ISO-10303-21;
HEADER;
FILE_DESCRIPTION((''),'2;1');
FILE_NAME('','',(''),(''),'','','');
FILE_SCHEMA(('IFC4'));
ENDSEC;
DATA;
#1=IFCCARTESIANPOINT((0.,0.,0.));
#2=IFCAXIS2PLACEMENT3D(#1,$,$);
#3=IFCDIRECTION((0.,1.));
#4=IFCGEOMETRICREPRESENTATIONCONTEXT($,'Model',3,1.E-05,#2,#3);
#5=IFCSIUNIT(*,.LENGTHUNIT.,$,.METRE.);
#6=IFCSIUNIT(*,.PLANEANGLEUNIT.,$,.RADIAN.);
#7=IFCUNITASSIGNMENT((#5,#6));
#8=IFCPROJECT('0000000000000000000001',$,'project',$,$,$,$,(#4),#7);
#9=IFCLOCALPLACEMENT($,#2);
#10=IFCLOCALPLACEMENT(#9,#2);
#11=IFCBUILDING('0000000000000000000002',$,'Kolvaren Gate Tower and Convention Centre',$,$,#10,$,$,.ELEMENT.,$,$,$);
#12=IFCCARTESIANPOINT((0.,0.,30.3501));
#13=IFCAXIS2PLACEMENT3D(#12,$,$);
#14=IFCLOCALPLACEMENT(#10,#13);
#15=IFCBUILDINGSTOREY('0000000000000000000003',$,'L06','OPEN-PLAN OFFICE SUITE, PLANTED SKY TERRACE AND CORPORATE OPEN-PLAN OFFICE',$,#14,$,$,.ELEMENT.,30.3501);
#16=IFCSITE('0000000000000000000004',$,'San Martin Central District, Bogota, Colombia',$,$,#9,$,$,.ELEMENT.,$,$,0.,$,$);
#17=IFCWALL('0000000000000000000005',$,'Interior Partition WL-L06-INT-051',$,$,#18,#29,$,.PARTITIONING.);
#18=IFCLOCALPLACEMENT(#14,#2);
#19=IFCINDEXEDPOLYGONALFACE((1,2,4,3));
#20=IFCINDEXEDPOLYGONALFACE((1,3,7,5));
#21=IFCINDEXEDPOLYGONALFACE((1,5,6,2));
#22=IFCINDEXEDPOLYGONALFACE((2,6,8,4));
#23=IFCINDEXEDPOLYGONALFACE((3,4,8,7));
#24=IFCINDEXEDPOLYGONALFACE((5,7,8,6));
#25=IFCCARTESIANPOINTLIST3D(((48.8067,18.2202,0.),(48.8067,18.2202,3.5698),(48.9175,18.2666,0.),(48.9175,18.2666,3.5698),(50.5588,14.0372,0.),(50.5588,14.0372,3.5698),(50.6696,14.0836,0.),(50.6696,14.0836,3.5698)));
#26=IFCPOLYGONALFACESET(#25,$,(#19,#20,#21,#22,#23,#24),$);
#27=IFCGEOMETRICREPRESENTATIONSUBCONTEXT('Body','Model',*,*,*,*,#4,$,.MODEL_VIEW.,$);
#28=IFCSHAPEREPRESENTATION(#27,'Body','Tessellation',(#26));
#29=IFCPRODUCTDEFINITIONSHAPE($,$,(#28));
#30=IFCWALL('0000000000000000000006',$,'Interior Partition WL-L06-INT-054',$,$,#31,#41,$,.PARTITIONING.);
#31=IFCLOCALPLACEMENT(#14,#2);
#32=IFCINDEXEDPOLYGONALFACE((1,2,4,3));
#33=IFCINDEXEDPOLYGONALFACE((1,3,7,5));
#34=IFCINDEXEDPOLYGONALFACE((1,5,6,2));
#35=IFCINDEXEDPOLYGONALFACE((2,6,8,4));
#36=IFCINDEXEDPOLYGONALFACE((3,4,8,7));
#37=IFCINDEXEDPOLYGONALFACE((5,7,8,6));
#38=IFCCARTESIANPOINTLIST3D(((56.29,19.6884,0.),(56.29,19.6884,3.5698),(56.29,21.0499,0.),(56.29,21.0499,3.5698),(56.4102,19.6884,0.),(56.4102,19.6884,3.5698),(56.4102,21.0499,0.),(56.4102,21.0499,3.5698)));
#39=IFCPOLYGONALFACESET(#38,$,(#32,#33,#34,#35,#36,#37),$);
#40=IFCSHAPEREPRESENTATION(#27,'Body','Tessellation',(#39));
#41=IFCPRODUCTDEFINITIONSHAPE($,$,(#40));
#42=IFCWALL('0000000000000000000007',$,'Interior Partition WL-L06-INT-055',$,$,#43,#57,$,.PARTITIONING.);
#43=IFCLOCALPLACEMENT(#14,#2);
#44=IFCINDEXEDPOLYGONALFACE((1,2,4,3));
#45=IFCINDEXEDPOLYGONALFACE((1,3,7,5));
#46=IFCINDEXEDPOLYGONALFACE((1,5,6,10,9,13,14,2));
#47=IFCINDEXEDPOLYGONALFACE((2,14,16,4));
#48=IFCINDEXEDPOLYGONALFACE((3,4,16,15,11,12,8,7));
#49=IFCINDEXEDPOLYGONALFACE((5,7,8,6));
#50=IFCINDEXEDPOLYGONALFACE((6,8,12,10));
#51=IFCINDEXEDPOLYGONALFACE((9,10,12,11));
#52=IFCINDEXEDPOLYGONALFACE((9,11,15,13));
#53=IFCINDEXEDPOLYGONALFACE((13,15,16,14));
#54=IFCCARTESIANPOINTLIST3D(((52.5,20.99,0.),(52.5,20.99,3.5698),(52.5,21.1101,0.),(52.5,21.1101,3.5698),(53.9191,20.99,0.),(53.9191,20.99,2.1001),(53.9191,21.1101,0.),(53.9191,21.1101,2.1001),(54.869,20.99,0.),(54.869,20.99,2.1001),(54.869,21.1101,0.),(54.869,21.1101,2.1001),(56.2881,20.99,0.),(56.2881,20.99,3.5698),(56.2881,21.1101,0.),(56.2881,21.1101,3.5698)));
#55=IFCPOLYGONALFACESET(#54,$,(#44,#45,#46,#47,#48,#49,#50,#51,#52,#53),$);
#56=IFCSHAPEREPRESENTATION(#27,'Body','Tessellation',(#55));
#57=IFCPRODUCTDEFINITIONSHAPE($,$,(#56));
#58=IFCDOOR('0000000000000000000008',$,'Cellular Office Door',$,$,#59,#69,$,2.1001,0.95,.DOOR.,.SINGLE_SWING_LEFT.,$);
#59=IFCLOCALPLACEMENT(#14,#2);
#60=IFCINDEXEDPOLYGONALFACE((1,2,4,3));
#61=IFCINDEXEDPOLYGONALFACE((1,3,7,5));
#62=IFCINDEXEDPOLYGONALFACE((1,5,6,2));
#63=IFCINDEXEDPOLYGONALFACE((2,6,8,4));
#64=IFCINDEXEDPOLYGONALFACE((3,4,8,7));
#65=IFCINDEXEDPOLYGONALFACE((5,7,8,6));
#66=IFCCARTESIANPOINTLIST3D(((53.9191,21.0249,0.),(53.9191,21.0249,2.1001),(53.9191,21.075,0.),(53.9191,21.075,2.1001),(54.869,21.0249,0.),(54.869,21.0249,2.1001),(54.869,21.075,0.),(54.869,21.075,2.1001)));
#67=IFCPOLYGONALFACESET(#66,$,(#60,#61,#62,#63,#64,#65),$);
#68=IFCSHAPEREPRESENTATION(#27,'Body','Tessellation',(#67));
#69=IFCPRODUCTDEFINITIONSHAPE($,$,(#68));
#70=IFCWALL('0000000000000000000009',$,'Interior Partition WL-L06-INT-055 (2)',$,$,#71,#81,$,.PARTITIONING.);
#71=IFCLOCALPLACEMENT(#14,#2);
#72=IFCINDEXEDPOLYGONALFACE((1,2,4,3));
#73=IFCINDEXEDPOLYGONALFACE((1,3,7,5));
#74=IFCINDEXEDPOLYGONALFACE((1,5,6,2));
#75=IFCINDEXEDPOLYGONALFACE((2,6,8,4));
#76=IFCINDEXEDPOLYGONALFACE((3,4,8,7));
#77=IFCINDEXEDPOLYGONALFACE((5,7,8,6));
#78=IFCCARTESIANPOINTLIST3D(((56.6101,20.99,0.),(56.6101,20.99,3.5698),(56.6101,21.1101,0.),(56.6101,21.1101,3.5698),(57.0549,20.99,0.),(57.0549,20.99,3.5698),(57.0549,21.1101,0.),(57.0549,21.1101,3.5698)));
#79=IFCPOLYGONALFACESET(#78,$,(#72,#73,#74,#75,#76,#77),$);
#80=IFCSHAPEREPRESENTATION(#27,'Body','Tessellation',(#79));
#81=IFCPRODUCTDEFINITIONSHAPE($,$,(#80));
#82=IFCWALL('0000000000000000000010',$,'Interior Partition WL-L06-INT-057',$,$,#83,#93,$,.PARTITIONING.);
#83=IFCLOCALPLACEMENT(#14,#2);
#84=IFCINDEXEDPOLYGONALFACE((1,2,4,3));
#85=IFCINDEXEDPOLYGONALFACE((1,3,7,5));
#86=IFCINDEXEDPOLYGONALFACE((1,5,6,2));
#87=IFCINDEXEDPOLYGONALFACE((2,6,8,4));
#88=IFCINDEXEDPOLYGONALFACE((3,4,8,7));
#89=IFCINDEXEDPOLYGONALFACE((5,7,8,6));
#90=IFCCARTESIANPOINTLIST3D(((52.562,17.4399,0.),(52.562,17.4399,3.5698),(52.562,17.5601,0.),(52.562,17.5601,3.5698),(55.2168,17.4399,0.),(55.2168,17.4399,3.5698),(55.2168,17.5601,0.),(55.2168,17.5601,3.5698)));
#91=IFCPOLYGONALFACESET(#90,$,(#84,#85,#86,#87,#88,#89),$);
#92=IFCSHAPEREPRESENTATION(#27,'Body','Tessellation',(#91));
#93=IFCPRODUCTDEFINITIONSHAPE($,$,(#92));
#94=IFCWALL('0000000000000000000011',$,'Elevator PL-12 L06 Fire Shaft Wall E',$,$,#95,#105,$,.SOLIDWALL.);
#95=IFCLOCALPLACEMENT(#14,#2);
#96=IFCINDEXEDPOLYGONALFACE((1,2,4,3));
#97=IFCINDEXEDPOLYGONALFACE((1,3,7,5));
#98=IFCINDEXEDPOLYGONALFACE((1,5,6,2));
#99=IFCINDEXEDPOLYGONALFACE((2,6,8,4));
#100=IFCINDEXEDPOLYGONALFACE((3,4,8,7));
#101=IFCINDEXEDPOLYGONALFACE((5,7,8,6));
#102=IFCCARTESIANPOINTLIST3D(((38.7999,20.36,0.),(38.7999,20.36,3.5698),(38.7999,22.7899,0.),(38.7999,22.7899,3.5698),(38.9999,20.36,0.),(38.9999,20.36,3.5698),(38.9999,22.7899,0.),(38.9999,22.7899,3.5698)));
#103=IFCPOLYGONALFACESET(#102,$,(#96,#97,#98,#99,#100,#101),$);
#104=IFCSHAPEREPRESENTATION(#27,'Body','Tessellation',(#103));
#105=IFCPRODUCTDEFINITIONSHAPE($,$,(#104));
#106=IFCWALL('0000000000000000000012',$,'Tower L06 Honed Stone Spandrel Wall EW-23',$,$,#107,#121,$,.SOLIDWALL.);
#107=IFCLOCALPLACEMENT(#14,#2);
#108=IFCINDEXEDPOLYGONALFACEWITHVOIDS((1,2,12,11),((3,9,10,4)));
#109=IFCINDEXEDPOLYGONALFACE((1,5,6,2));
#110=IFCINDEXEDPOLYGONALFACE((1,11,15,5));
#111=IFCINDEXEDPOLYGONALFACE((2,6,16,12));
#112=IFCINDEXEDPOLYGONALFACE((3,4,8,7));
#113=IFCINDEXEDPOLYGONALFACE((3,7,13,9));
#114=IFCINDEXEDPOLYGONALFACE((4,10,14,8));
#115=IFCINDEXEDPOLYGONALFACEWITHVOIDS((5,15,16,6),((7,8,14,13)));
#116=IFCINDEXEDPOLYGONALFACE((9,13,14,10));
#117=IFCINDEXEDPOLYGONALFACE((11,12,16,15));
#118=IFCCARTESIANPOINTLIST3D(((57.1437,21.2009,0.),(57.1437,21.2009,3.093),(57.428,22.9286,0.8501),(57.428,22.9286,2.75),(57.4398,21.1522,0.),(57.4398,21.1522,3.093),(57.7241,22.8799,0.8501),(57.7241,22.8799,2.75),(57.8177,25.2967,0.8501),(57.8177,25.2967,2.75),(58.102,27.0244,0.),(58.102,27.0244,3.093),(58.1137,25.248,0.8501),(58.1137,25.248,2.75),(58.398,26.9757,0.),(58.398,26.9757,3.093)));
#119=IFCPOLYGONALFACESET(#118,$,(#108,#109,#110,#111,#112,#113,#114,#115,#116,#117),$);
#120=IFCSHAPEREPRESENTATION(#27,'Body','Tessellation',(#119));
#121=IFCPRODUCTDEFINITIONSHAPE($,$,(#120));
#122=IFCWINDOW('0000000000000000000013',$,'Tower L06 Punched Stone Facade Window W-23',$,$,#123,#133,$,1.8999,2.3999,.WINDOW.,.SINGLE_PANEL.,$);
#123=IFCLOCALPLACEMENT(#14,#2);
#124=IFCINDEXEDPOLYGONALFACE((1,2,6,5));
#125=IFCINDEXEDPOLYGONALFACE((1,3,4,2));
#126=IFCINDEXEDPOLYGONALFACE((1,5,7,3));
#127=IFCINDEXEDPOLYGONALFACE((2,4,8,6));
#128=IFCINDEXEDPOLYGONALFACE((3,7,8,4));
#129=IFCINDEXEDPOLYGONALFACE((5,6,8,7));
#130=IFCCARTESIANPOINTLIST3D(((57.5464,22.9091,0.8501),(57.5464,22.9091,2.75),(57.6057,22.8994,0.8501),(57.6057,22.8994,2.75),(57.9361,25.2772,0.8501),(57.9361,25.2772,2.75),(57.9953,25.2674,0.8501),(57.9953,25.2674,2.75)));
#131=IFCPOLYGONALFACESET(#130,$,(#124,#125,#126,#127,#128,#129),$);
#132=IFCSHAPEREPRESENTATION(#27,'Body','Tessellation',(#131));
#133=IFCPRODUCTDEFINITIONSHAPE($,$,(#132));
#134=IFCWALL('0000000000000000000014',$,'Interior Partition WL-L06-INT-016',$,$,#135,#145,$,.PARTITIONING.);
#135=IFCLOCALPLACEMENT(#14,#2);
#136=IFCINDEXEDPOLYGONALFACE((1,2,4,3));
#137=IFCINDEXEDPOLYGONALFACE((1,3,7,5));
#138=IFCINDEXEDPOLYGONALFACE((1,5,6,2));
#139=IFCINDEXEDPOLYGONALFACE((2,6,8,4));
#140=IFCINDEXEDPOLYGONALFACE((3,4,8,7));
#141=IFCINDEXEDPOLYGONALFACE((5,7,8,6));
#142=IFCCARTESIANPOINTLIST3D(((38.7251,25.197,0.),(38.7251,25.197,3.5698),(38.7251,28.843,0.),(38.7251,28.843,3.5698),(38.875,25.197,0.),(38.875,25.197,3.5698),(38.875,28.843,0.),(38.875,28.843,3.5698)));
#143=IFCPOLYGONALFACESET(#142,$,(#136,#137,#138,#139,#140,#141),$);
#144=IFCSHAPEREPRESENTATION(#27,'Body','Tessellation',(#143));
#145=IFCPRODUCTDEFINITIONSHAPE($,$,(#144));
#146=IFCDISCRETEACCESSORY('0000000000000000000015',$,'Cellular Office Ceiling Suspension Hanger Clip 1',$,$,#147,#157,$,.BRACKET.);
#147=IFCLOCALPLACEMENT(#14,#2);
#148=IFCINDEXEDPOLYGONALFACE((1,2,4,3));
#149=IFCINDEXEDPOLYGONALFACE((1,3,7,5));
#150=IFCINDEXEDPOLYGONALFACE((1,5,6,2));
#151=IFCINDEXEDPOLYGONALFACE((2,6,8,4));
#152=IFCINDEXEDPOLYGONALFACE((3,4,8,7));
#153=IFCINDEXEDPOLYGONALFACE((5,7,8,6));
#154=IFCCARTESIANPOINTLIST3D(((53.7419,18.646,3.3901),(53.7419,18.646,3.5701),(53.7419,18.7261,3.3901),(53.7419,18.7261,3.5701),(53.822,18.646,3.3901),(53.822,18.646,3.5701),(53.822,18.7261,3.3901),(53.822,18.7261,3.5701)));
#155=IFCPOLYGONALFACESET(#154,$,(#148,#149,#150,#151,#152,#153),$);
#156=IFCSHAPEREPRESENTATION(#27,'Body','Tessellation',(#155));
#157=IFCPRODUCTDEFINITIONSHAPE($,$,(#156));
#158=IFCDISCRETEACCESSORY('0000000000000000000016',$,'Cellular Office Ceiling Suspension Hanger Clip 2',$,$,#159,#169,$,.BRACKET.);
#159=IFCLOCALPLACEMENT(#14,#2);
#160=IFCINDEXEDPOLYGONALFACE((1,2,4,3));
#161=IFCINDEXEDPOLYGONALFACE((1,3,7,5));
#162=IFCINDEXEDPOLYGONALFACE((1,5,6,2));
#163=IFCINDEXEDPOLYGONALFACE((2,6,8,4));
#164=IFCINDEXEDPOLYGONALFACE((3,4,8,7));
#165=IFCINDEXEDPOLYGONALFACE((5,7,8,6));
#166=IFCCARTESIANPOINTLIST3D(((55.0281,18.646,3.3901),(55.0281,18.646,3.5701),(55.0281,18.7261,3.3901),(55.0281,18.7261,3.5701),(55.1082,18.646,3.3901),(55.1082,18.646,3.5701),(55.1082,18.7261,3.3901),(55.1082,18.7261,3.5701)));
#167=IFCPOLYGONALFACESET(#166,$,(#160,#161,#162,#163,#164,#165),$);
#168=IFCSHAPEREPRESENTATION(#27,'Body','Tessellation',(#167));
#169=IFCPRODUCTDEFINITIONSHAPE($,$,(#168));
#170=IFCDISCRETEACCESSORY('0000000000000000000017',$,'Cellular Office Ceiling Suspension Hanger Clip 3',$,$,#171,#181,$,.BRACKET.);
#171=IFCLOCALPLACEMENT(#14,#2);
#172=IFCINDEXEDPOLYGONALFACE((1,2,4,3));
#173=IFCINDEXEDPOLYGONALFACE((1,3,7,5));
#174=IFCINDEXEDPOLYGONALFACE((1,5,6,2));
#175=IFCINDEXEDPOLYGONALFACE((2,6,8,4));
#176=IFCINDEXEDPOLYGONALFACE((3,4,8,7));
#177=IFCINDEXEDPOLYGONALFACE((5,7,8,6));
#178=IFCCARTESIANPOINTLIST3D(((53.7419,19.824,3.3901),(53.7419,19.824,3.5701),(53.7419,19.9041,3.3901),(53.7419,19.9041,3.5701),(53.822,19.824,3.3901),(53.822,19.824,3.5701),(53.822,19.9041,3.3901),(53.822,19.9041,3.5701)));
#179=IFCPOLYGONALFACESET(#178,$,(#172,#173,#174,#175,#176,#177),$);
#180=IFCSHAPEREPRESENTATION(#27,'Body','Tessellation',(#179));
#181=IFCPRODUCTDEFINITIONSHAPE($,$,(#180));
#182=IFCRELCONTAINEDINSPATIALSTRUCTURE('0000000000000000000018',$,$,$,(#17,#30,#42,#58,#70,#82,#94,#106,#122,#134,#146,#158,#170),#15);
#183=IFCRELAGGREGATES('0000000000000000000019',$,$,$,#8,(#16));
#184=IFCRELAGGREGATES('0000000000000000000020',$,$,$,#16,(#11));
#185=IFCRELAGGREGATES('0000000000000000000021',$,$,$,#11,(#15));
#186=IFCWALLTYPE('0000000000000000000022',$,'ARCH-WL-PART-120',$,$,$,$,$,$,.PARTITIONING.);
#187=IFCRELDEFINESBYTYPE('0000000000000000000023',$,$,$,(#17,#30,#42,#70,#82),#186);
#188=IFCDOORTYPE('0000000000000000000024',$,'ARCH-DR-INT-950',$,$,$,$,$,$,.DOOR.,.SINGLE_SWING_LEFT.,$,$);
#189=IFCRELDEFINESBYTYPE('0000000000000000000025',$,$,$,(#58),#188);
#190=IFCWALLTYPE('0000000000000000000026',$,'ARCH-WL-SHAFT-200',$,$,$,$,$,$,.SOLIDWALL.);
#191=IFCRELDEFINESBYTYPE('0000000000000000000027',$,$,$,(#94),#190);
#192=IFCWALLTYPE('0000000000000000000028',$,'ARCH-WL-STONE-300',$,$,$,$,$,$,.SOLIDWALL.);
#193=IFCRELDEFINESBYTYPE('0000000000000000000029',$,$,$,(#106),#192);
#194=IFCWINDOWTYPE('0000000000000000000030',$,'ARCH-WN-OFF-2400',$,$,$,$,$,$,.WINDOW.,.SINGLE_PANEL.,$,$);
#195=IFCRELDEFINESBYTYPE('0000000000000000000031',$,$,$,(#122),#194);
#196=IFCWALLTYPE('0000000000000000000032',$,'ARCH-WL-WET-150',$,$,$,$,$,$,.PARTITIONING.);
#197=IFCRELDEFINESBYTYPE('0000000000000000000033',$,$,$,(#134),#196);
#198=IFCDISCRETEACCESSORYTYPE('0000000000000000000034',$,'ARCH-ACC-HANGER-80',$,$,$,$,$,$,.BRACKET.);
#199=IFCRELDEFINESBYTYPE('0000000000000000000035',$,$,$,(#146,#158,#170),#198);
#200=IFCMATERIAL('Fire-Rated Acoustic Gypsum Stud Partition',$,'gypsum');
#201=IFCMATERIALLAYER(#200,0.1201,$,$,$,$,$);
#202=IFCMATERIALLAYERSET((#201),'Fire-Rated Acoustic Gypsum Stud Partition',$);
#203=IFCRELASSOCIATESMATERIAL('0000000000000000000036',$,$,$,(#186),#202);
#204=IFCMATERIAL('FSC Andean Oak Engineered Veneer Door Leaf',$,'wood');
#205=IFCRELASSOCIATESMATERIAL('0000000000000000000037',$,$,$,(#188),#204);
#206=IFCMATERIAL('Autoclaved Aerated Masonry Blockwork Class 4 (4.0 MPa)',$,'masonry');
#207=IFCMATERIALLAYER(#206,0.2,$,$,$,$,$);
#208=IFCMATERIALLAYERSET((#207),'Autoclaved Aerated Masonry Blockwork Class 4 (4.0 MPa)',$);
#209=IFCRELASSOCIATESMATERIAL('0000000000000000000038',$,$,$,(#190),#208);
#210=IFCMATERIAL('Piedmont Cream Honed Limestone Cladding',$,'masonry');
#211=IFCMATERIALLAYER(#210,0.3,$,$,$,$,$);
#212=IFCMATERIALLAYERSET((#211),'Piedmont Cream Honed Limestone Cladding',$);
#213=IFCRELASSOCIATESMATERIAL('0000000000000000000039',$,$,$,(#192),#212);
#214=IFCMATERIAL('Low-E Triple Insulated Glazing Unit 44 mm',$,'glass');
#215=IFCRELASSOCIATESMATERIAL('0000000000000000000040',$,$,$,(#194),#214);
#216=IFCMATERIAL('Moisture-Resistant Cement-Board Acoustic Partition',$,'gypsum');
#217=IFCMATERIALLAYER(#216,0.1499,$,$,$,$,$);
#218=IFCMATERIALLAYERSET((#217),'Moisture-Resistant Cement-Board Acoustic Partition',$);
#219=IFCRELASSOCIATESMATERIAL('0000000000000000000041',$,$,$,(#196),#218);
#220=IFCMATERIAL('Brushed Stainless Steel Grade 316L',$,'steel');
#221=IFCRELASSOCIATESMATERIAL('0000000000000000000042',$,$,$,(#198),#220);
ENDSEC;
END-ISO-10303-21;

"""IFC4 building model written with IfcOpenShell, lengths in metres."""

from ifc_helpers import new_model, si_unit, direction, frame, frame_2d, origin, origin_2d, place, context, subcontext, project, spatial, rectangle, extrude, material, layer, layer_set, type_object, element, fill, save


model = new_model("IFC4")

# Units and contexts
model_context = context("Model", 3, precision=1e-05, world=origin(), true_north=direction((0.0, 1.0)))
body_context = subcontext(model_context, "Body", "Model", "MODEL_VIEW")
ifc_project = project(units=[si_unit("LENGTHUNIT", "METRE"), si_unit("PLANEANGLEUNIT", "RADIAN")], contexts=[model_context])

# Site, building, storey
site_placement = place(None, origin())
site = spatial("IfcSite", under=ifc_project, at=site_placement, Name="San Martin Central District, Bogota, Colombia", CompositionType="ELEMENT", RefElevation=0.0)
building_placement = place(site_placement, origin())
building = spatial("IfcBuilding", under=site, at=building_placement, Name="Kolvaren Gate Tower and Convention Centre", CompositionType="ELEMENT")
storey_placement = place(building_placement, frame((0.0, 0.0, 30.3501)))
storey = spatial("IfcBuildingStorey", under=building, at=storey_placement, Name="L06", Description="OPEN-PLAN OFFICE SUITE, PLANTED SKY TERRACE AND CORPORATE OPEN-PLAN OFFICE", CompositionType="ELEMENT", Elevation=30.3501)

# Shared definitions
ifc_material_1 = material(Name="Fire-Rated Acoustic Gypsum Stud Partition", Category="gypsum")
ifc_layer_1 = layer(ifc_material_1, 0.1201)
ifc_layer_set_1 = layer_set([ifc_layer_1], Name="Fire-Rated Acoustic Gypsum Stud Partition")
wall_type_1 = type_object("IfcWallType", Name="ARCH-WL-PART-120", PredefinedType="PARTITIONING", material=ifc_layer_set_1)

# Walls
wall_1_placement = place(storey_placement, frame((48.8621, 18.2434, 0.0), z_axis=(0.0, 0.0, 1.0), x_axis=(0.38635, -0.922352, 0.0)))
element("IfcWall", 1, at=wall_1_placement, inside=storey, type_object=wall_type_1, Name="Interior Partition WL-L06-INT-051", PredefinedType="PARTITIONING", context=body_context, shape_type="SweptSolid", body=[
    extrude(rectangle(XDim=4.5352, YDim=0.1201, at=frame_2d((2.2676, 0.0))), origin(), (0.0, 0.0, 1.0), 3.5698),
])
wall_2_placement = place(storey_placement, frame((56.3501, 19.6885, 0.0), z_axis=(0.0, 0.0, 1.0), x_axis=(0.0, 1.0, 0.0)))
element("IfcWall", 2, at=wall_2_placement, inside=storey, type_object=wall_type_1, Name="Interior Partition WL-L06-INT-054", PredefinedType="PARTITIONING", context=body_context, shape_type="SweptSolid", body=[
    extrude(rectangle(XDim=1.3616, YDim=0.1201, at=frame_2d((0.6807, 0.0))), origin(), (0.0, 0.0, 1.0), 3.5698),
])

# Wall, opening, door
wall_3_placement = place(storey_placement, frame((52.5, 21.05, 0.0), z_axis=(0.0, 0.0, 1.0), x_axis=(1.0, 0.0, 0.0)))
wall_3 = element("IfcWall", 3, at=wall_3_placement, inside=storey, type_object=wall_type_1, Name="Interior Partition WL-L06-INT-055", PredefinedType="PARTITIONING", context=body_context, shape_type="SweptSolid", body=[
    extrude(rectangle(XDim=3.7881, YDim=0.1201, at=frame_2d((1.894, 0.0))), origin(), (0.0, 0.0, 1.0), 3.5698),
])
opening_1_placement = place(wall_3_placement, frame((1.4189, 0.0, 0.0)))
opening_1 = element("IfcOpeningElement", 4, at=opening_1_placement, cuts=wall_3, PredefinedType="OPENING", context=body_context, shape_type="SweptSolid", body=[
    extrude(rectangle(XDim=0.95, YDim=2.1001, at=frame_2d((0.4751, 1.05))), frame((0.0, 0.0701, 0.0), z_axis=(0.0, -1.0, 0.0), x_axis=(1.0, 0.0, 0.0)), (0.0, 0.0, 1.0), 0.1401),
])
ifc_material_2 = material(Name="FSC Andean Oak Engineered Veneer Door Leaf", Category="wood")
door_type_1 = type_object("IfcDoorType", Name="ARCH-DR-INT-950", OperationType="SINGLE_SWING_LEFT", PredefinedType="DOOR", material=ifc_material_2)
door_1_placement = place(opening_1_placement, origin())
door_1 = element("IfcDoor", 5, at=door_1_placement, inside=storey, type_object=door_type_1, Name="Cellular Office Door", OperationType="SINGLE_SWING_LEFT", OverallHeight=2.1001, OverallWidth=0.95, PredefinedType="DOOR", context=body_context, shape_type="SweptSolid", body=[
    extrude(rectangle(XDim=0.95, YDim=2.1001, at=frame_2d((0.4751, 1.05))), frame((0.0, 0.0249, 0.0), z_axis=(0.0, -1.0, 0.0), x_axis=(1.0, 0.0, 0.0)), (0.0, 0.0, 1.0), 0.05),
])
fill(opening_1, door_1)

# Walls
wall_4_placement = place(storey_placement, frame((56.6101, 21.05, 0.0), z_axis=(0.0, 0.0, 1.0), x_axis=(1.0, 0.0, 0.0)))
element("IfcWall", 6, at=wall_4_placement, inside=storey, type_object=wall_type_1, Name="Interior Partition WL-L06-INT-055 (2)", PredefinedType="PARTITIONING", context=body_context, shape_type="SweptSolid", body=[
    extrude(rectangle(XDim=0.4448, YDim=0.1201, at=frame_2d((0.2224, 0.0))), origin(), (0.0, 0.0, 1.0), 3.5698),
])
wall_5_placement = place(storey_placement, frame((52.562, 17.5, 0.0), z_axis=(0.0, 0.0, 1.0), x_axis=(1.0, 0.0, 0.0)))
element("IfcWall", 7, at=wall_5_placement, inside=storey, type_object=wall_type_1, Name="Interior Partition WL-L06-INT-057", PredefinedType="PARTITIONING", context=body_context, shape_type="SweptSolid", body=[
    extrude(rectangle(XDim=2.6548, YDim=0.1201, at=frame_2d((1.3274, 0.0))), origin(), (0.0, 0.0, 1.0), 3.5698),
])
ifc_material_3 = material(Name="Autoclaved Aerated Masonry Blockwork Class 4 (4.0 MPa)", Category="masonry")
ifc_layer_2 = layer(ifc_material_3, 0.2)
ifc_layer_set_2 = layer_set([ifc_layer_2], Name="Autoclaved Aerated Masonry Blockwork Class 4 (4.0 MPa)")
wall_type_2 = type_object("IfcWallType", Name="ARCH-WL-SHAFT-200", PredefinedType="SOLIDWALL", material=ifc_layer_set_2)
wall_6_placement = place(storey_placement, frame((38.8999, 20.3601, 0.0), z_axis=(0.0, 0.0, 1.0), x_axis=(0.0, 1.0, 0.0)))
element("IfcWall", 8, at=wall_6_placement, inside=storey, type_object=wall_type_2, Name="Elevator PL-12 L06 Fire Shaft Wall E", PredefinedType="SOLIDWALL", context=body_context, shape_type="SweptSolid", body=[
    extrude(rectangle(XDim=2.4299, YDim=0.2, at=frame_2d((1.2148, 0.0))), origin(), (0.0, 0.0, 1.0), 3.5698),
])

# Wall, opening, window
ifc_material_4 = material(Name="Piedmont Cream Honed Limestone Cladding", Category="masonry")
ifc_layer_3 = layer(ifc_material_4, 0.3)
ifc_layer_set_3 = layer_set([ifc_layer_3], Name="Piedmont Cream Honed Limestone Cladding")
wall_type_3 = type_object("IfcWallType", Name="ARCH-WL-STONE-300", PredefinedType="SOLIDWALL", material=ifc_layer_set_3)
wall_7_placement = place(storey_placement, frame((57.2917, 21.1765, 0.0), z_axis=(0.0, 0.0, 1.0), x_axis=(0.162366, 0.986731, 0.0)))
wall_7 = element("IfcWall", 9, at=wall_7_placement, inside=storey, type_object=wall_type_3, Name="Tower L06 Honed Stone Spandrel Wall EW-23", PredefinedType="SOLIDWALL", context=body_context, shape_type="SweptSolid", body=[
    extrude(rectangle(XDim=5.9019, YDim=0.3, at=frame_2d((2.9509, 0.0))), origin(), (0.0, 0.0, 1.0), 3.093),
])
opening_2_placement = place(wall_7_placement, frame((1.751, 0.0, 0.8501)))
opening_2 = element("IfcOpeningElement", 10, at=opening_2_placement, cuts=wall_7, PredefinedType="OPENING", context=body_context, shape_type="SweptSolid", body=[
    extrude(rectangle(XDim=2.3999, YDim=1.8999, at=frame_2d((1.2, 0.95))), frame((0.0, 0.1599, 0.0), z_axis=(0.0, -1.0, 0.0), x_axis=(1.0, 0.0, 0.0)), (0.0, 0.0, 1.0), 0.3201),
])
ifc_material_5 = material(Name="Low-E Triple Insulated Glazing Unit 44 mm", Category="glass")
window_type = type_object("IfcWindowType", Name="ARCH-WN-OFF-2400", PartitioningType="SINGLE_PANEL", PredefinedType="WINDOW", material=ifc_material_5)
window_placement = place(opening_2_placement, origin())
window = element("IfcWindow", 11, at=window_placement, inside=storey, type_object=window_type, Name="Tower L06 Punched Stone Facade Window W-23", OverallHeight=1.8999, OverallWidth=2.3999, PartitioningType="SINGLE_PANEL", PredefinedType="WINDOW", context=body_context, shape_type="SweptSolid", body=[
    extrude(rectangle(XDim=2.3999, YDim=1.8999, at=frame_2d((1.2, 0.95))), frame((0.0, 0.03, 0.0), z_axis=(0.0, -1.0, 0.0), x_axis=(1.0, 0.0, 0.0)), (0.0, 0.0, 1.0), 0.0601),
])
fill(opening_2, window)

# Wall
ifc_material_6 = material(Name="Moisture-Resistant Cement-Board Acoustic Partition", Category="gypsum")
ifc_layer_4 = layer(ifc_material_6, 0.1499)
ifc_layer_set_4 = layer_set([ifc_layer_4], Name="Moisture-Resistant Cement-Board Acoustic Partition")
wall_type_4 = type_object("IfcWallType", Name="ARCH-WL-WET-150", PredefinedType="PARTITIONING", material=ifc_layer_set_4)
wall_8_placement = place(storey_placement, frame((38.8, 25.197, 0.0), z_axis=(0.0, 0.0, 1.0), x_axis=(0.0, 1.0, 0.0)))
element("IfcWall", 12, at=wall_8_placement, inside=storey, type_object=wall_type_4, Name="Interior Partition WL-L06-INT-016", PredefinedType="PARTITIONING", context=body_context, shape_type="SweptSolid", body=[
    extrude(rectangle(XDim=3.646, YDim=0.1499, at=frame_2d((1.823, 0.0))), origin(), (0.0, 0.0, 1.0), 3.5698),
])

# Discrete accessories
ifc_material_7 = material(Name="Brushed Stainless Steel Grade 316L", Category="steel")
discrete_accessory_type = type_object("IfcDiscreteAccessoryType", Name="ARCH-ACC-HANGER-80", PredefinedType="BRACKET", material=ifc_material_7)
for number, where, z_axis, x_axis, name in (
    (13, (53.782, 18.686, 3.3901), (0.0, 0.0, 1.0), (1.0, 0.0, 0.0), "Cellular Office Ceiling Suspension Hanger Clip 1"),
    (14, (55.0681, 18.686, 3.3901), (0.0, 0.0, 1.0), (1.0, 0.0, 0.0), "Cellular Office Ceiling Suspension Hanger Clip 2"),
    (15, (53.782, 19.864, 3.3901), (0.0, 0.0, 1.0), (1.0, 0.0, 0.0), "Cellular Office Ceiling Suspension Hanger Clip 3"),
):
    element("IfcDiscreteAccessory", number, at=place(storey_placement, frame(where, z_axis=z_axis, x_axis=x_axis)), inside=storey, type_object=discrete_accessory_type, Name=name, PredefinedType="BRACKET", context=body_context, shape_type="SweptSolid", body=[
        extrude(rectangle(XDim=0.0801, YDim=0.0801, at=origin_2d()), origin(), (0.0, 0.0, 1.0), 0.1799),
    ])

save(model, "model.ifc")
